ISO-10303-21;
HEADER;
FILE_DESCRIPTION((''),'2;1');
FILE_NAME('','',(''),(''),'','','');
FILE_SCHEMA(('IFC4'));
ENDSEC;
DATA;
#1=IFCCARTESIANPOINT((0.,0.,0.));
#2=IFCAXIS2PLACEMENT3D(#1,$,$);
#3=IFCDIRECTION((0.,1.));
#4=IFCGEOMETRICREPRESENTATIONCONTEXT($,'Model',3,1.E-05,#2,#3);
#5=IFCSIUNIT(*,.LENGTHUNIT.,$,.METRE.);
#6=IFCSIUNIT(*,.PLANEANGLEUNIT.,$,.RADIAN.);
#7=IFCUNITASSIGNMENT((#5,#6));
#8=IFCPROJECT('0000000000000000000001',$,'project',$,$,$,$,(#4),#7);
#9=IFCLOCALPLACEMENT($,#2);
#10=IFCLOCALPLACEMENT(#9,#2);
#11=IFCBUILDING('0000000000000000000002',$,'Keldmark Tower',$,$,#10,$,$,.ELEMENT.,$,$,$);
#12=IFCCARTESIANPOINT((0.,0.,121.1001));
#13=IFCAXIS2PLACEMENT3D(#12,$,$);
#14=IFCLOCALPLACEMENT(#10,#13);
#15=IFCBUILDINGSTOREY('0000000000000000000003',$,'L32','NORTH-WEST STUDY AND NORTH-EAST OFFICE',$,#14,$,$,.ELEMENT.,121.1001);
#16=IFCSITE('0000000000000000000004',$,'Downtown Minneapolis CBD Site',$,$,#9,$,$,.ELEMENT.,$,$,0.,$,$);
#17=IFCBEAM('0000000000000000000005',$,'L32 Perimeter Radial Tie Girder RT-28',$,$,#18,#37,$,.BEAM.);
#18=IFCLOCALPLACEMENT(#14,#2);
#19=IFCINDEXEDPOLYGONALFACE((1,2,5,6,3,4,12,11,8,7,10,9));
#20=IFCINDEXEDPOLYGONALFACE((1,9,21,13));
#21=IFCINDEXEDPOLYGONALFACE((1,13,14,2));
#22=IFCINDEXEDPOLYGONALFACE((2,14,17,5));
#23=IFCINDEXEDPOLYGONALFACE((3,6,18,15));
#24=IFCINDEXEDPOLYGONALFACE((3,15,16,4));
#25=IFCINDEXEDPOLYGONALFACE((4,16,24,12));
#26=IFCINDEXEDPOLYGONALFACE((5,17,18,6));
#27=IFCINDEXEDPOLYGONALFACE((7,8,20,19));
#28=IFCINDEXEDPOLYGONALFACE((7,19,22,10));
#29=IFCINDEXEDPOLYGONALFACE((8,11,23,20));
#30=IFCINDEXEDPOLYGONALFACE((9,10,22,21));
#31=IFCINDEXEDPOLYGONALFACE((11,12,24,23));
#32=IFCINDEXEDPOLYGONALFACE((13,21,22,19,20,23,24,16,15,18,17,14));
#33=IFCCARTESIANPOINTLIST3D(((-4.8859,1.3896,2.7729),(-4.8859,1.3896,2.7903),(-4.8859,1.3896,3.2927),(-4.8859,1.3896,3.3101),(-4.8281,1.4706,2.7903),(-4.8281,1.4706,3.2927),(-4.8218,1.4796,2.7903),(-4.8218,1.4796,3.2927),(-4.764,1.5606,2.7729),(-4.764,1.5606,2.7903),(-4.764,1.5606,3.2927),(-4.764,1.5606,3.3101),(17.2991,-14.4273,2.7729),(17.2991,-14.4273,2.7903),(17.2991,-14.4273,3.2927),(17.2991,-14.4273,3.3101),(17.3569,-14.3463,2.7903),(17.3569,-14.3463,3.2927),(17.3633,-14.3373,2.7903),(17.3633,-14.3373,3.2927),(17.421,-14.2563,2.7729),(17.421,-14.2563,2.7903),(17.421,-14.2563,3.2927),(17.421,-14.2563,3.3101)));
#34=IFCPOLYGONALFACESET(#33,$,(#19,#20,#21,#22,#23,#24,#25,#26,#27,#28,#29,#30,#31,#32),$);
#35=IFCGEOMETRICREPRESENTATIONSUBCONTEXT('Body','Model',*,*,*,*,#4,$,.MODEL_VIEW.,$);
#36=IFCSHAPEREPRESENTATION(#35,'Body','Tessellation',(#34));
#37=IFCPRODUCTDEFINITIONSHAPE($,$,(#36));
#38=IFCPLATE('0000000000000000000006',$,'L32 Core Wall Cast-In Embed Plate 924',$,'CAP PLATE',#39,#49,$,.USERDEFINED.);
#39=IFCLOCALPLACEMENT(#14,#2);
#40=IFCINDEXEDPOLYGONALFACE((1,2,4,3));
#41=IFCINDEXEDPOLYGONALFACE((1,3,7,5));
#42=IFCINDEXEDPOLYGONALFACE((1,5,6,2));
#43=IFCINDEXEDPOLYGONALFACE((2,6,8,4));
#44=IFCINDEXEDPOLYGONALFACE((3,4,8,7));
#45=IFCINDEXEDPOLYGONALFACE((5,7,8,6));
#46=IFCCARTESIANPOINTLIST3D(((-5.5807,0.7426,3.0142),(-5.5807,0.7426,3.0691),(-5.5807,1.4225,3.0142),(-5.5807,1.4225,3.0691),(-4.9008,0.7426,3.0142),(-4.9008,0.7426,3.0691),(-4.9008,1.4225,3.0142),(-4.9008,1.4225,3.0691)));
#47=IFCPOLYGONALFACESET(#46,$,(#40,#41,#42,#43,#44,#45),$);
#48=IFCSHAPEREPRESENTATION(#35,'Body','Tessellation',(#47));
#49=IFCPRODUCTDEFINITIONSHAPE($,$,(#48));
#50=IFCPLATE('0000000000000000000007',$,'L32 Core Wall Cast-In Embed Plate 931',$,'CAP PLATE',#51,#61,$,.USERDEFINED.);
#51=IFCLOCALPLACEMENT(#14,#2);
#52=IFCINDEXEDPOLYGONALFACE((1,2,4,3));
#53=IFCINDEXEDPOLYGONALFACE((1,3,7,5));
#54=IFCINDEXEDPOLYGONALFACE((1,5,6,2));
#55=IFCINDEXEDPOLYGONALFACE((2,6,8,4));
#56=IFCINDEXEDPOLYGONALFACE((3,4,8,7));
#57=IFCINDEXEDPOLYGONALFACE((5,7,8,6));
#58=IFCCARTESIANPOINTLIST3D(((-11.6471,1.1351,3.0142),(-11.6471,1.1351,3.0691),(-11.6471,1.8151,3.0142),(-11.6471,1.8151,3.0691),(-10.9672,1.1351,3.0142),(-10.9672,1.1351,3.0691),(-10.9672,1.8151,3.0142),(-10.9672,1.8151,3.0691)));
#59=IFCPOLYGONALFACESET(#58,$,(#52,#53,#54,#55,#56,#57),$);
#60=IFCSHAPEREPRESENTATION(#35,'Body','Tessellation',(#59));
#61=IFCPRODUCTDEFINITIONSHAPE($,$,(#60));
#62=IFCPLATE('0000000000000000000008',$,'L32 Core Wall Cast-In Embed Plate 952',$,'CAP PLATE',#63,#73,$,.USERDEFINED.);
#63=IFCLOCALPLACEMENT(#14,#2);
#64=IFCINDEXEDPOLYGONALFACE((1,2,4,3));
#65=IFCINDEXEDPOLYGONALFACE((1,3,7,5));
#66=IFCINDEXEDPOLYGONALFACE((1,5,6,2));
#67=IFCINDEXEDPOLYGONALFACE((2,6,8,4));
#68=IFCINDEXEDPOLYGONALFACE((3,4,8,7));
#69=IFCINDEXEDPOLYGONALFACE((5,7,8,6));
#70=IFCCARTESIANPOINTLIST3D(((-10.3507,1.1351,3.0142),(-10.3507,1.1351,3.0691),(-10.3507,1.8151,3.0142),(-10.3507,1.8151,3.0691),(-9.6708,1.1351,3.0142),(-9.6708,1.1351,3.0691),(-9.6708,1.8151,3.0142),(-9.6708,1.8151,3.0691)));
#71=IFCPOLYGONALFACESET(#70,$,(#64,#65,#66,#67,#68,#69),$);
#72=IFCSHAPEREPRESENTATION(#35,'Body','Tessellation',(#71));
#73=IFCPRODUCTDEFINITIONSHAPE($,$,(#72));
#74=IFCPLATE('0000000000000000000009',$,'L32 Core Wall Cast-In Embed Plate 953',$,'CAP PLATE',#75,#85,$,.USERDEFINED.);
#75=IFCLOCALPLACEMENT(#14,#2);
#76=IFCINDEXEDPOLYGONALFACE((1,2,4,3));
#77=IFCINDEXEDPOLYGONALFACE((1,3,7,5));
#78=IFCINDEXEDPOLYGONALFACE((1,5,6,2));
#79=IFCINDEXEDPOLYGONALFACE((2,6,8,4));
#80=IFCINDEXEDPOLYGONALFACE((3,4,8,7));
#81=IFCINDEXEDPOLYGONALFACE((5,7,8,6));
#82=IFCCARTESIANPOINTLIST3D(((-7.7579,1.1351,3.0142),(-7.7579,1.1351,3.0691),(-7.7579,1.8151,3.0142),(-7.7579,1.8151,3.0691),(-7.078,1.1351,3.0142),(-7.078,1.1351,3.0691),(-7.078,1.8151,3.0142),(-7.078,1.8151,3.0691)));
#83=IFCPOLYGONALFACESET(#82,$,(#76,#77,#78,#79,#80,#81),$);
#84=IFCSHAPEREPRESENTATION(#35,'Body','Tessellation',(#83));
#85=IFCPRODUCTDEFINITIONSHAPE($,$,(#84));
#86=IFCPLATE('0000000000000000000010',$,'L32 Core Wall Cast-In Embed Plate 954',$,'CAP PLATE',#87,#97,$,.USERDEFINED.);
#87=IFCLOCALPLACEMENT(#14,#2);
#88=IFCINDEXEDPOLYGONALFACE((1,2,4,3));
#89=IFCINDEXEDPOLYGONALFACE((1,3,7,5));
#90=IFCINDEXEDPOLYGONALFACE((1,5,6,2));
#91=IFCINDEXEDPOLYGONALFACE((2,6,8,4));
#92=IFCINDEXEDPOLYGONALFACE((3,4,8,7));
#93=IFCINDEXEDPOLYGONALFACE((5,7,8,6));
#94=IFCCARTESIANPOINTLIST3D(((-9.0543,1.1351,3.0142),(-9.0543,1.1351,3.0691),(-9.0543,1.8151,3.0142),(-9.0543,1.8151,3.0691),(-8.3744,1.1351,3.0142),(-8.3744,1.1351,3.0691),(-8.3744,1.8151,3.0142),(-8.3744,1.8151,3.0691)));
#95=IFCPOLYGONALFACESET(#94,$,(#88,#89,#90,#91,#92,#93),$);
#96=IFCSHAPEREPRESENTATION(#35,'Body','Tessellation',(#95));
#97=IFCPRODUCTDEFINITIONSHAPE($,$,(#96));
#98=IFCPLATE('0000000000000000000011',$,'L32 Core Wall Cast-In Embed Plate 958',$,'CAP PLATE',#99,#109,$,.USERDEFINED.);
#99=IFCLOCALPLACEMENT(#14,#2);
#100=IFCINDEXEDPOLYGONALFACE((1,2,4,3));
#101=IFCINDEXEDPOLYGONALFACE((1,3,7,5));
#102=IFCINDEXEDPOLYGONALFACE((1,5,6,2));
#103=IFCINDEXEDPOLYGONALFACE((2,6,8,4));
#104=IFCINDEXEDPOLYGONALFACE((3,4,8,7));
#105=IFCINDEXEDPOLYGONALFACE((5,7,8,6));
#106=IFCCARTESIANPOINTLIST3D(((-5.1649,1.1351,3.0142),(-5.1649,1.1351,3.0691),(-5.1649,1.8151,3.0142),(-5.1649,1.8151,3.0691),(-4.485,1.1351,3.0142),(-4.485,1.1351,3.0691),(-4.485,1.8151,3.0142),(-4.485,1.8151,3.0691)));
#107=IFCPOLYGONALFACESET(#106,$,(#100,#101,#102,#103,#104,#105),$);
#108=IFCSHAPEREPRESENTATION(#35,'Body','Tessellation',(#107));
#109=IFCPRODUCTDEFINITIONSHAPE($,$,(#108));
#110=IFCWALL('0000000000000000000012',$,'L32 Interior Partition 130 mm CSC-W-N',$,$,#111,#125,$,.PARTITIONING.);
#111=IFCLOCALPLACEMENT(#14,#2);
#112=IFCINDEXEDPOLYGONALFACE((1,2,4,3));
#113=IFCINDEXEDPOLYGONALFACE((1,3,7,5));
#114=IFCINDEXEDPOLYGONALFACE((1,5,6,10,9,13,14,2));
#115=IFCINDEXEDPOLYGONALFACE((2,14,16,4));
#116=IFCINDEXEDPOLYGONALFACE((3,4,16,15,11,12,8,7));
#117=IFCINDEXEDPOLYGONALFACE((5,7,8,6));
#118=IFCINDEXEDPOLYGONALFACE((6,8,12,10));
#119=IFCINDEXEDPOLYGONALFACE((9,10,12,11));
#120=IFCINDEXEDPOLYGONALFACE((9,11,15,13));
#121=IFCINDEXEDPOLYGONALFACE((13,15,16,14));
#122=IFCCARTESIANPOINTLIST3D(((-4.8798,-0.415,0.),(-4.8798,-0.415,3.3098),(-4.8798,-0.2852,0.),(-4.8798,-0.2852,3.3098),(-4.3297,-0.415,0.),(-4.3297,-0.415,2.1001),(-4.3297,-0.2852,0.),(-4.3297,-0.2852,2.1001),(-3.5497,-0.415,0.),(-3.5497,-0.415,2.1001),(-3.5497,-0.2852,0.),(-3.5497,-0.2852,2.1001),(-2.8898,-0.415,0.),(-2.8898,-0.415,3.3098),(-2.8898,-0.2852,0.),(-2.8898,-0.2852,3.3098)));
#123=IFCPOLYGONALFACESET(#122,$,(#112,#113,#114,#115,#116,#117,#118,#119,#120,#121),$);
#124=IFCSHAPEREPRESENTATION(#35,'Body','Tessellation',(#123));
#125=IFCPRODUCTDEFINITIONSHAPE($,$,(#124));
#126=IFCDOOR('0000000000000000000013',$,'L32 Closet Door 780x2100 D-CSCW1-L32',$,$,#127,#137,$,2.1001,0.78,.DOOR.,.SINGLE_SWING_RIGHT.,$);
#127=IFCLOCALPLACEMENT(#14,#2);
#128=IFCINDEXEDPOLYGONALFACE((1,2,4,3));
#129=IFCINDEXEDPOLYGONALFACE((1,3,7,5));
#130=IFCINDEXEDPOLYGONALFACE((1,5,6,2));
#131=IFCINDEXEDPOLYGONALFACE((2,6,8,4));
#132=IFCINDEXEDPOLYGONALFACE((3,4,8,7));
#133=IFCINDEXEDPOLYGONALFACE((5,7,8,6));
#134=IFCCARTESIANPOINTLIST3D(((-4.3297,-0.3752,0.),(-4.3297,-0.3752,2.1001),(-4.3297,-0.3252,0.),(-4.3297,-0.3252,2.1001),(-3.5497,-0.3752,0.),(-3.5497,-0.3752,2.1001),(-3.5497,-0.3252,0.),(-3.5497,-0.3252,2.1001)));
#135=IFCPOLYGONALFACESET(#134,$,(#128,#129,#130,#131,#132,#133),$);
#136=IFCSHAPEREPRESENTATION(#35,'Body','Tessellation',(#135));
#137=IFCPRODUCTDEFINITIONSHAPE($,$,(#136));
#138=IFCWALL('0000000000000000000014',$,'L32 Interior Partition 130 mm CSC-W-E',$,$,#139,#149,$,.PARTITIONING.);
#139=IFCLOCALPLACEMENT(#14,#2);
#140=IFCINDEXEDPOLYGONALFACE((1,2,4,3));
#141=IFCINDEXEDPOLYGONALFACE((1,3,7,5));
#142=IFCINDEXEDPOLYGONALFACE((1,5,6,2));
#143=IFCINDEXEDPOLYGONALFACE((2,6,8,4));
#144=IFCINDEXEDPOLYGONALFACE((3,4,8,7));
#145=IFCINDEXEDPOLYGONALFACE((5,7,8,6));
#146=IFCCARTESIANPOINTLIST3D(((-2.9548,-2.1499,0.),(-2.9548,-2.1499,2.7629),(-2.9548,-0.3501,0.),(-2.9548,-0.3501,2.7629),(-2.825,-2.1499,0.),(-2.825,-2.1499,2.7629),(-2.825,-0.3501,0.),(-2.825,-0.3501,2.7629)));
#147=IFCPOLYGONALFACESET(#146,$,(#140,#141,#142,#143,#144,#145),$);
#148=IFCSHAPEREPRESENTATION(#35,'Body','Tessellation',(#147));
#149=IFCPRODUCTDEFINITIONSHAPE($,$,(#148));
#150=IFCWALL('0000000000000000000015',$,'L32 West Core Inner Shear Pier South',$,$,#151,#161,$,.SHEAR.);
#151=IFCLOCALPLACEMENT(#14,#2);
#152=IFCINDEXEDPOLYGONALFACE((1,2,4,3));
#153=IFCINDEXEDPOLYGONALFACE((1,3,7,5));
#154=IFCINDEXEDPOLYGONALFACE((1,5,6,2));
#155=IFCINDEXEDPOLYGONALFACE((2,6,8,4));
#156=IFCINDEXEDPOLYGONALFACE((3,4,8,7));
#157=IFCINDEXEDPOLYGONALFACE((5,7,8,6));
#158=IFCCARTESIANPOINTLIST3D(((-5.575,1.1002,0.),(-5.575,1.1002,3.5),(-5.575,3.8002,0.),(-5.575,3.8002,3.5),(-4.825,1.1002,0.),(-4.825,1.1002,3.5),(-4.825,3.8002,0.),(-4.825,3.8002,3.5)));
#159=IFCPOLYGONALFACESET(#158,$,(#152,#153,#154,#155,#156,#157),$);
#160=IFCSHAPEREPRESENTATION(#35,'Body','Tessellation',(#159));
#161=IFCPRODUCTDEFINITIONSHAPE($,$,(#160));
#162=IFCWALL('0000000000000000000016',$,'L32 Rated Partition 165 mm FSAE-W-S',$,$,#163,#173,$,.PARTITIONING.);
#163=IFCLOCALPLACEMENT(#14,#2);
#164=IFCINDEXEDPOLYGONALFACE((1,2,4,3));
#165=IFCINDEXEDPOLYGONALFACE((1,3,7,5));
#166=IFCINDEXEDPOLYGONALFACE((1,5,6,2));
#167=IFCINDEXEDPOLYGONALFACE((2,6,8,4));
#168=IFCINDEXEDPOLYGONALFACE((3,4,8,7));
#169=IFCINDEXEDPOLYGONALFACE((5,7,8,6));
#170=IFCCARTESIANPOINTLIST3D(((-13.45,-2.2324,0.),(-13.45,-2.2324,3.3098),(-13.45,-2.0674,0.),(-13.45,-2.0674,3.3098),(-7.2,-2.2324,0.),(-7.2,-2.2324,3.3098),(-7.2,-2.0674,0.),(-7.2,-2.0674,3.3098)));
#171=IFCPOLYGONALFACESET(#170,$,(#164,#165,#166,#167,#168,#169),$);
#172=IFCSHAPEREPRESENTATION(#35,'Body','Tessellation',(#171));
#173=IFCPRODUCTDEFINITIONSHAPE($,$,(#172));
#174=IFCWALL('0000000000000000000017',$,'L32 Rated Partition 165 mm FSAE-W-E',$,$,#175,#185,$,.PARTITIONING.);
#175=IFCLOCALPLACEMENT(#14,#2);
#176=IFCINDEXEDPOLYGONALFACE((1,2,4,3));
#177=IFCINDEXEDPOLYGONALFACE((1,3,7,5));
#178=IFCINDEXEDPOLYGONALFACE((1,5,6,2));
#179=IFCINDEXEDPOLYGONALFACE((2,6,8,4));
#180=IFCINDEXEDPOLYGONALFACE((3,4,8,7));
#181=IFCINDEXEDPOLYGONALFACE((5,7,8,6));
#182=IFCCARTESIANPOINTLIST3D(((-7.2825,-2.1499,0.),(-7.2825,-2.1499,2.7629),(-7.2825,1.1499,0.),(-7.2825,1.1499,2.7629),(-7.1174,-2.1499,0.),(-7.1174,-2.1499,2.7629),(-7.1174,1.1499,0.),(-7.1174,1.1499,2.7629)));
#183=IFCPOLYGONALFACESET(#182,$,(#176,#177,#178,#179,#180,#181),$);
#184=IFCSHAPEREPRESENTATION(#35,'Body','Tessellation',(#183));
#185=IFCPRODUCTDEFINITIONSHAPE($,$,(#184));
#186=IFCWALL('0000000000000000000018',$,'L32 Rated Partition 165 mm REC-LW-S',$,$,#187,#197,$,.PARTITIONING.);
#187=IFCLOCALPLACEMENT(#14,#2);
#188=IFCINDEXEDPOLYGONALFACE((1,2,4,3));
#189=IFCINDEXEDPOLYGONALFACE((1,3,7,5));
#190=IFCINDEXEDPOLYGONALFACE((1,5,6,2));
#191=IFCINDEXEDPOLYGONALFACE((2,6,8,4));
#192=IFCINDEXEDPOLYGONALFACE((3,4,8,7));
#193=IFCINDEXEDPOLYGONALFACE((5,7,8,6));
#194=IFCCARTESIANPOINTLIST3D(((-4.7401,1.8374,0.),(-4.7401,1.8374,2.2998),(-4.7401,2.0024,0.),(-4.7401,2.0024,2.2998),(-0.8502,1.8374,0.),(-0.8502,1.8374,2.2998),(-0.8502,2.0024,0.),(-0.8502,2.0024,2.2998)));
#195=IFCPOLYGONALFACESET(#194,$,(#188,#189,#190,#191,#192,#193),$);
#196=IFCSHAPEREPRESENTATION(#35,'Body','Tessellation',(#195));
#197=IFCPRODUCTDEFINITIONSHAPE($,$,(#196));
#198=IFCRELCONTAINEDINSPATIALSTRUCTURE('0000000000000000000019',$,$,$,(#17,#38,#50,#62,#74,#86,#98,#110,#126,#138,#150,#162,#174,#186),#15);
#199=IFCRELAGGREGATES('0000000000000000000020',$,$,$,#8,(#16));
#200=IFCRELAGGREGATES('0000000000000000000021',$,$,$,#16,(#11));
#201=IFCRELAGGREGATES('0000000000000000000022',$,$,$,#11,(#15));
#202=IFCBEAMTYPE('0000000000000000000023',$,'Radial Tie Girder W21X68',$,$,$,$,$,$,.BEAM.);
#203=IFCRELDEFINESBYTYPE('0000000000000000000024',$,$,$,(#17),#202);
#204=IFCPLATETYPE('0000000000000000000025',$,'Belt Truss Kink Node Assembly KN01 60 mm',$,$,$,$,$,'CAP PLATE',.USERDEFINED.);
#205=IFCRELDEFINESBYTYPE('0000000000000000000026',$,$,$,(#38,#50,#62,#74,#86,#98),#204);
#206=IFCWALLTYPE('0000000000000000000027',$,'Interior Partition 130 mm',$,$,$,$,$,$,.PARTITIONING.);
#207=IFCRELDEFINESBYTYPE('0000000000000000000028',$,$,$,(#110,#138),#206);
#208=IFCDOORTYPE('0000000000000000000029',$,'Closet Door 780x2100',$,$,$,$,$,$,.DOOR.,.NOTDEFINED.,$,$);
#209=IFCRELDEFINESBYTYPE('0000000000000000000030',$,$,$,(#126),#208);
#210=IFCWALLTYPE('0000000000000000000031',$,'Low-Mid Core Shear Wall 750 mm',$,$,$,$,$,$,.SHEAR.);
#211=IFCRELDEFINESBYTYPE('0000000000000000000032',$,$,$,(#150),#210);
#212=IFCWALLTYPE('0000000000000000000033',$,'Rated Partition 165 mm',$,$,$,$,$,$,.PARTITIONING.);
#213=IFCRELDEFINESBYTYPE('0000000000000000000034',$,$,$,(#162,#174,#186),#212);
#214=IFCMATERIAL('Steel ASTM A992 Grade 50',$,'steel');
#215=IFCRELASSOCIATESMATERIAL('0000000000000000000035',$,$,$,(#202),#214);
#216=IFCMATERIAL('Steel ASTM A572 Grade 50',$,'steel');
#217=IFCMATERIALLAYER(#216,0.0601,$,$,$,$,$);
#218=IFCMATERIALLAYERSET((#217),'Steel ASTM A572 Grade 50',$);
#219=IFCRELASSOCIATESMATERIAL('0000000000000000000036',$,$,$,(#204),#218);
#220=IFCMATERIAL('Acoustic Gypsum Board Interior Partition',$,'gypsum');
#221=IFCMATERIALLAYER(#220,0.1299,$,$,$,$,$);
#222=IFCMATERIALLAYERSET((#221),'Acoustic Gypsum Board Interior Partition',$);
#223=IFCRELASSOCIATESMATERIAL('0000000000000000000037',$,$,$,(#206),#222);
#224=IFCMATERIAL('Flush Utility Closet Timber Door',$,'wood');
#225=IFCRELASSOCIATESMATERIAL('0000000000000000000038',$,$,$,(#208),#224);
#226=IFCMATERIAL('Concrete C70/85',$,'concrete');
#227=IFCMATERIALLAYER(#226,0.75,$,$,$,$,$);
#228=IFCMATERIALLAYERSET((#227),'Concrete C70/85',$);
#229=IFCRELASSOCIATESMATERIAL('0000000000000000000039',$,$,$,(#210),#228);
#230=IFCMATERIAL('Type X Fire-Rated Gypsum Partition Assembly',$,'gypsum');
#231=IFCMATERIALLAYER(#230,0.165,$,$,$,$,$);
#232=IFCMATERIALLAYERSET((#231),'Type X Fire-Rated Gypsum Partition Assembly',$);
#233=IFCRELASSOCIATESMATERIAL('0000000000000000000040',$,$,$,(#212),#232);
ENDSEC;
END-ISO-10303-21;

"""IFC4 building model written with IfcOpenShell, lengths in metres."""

from ifc_helpers import new_model, si_unit, direction, frame, frame_2d, origin, origin_2d, place, context, subcontext, project, spatial, rectangle, i_section, extrude, material, layer, layer_set, material_profile, profile_set, type_object, element, fill, save


model = new_model("IFC4")

# Units and contexts
model_context = context("Model", 3, precision=1e-05, world=origin(), true_north=direction((0.0, 1.0)))
body_context = subcontext(model_context, "Body", "Model", "MODEL_VIEW")
ifc_project = project(units=[si_unit("LENGTHUNIT", "METRE"), si_unit("PLANEANGLEUNIT", "RADIAN")], contexts=[model_context])

# Site, building, storey
site_placement = place(None, origin())
site = spatial("IfcSite", under=ifc_project, at=site_placement, Name="Downtown Minneapolis CBD Site", CompositionType="ELEMENT", RefElevation=0.0)
building_placement = place(site_placement, origin())
building = spatial("IfcBuilding", under=site, at=building_placement, Name="Keldmark Tower", CompositionType="ELEMENT")
storey_placement = place(building_placement, frame((0.0, 0.0, 121.1001)))
storey = spatial("IfcBuildingStorey", under=building, at=storey_placement, Name="L32", Description="NORTH-WEST STUDY AND NORTH-EAST OFFICE", CompositionType="ELEMENT", Elevation=121.1001)

# Beam
ifc_material_1 = material(Name="Steel ASTM A992 Grade 50", Category="steel")
ifc_material_profile_1 = material_profile(ifc_material_1, i_section(OverallWidth=0.21, OverallDepth=0.5371, WebThickness=0.011, FlangeThickness=0.0173, at=origin_2d()), Name="W21X68")
ifc_profile_set_1 = profile_set([ifc_material_profile_1], Name="Steel ASTM A992 Grade 50")
beam_type_1 = type_object("IfcBeamType", Name="Radial Tie Girder W21X68", PredefinedType="BEAM", material=ifc_profile_set_1)
beam_1_placement = place(storey_placement, frame((-4.825, 1.4751, 3.0415), z_axis=(0.814247, -0.580519, 0.0), x_axis=(0.580519, 0.814247, 0.0)))
element("IfcBeam", 1, at=beam_1_placement, inside=storey, type_object=beam_type_1, Name="L32 Perimeter Radial Tie Girder RT-28", PredefinedType="BEAM", context=body_context, shape_type="SweptSolid", body=[
    extrude(i_section(OverallWidth=0.21, OverallDepth=0.5371, WebThickness=0.011, FlangeThickness=0.0173, at=origin_2d()), origin(), (0.0, 0.0, 1.0), 27.2461),
])

# Plates
ifc_material_2 = material(Name="Steel ASTM A572 Grade 50", Category="steel")
ifc_layer_1 = layer(ifc_material_2, 0.0601)
ifc_layer_set_1 = layer_set([ifc_layer_1], Name="Steel ASTM A572 Grade 50")
plate_type = type_object("IfcPlateType", Name="Belt Truss Kink Node Assembly KN01 60 mm", ElementType="CAP PLATE", PredefinedType="USERDEFINED", material=ifc_layer_set_1)
for number, where, z_axis, x_axis, name in (
    (2, (-5.2407, 1.0825, 3.0142), (0.0, 0.0, 1.0), (1.0, 0.0, 0.0), "L32 Core Wall Cast-In Embed Plate 924"),
    (3, (-11.3071, 1.4751, 3.0142), (0.0, 0.0, 1.0), (1.0, 0.0, 0.0), "L32 Core Wall Cast-In Embed Plate 931"),
    (4, (-10.0107, 1.4751, 3.0142), (0.0, 0.0, 1.0), (1.0, 0.0, 0.0), "L32 Core Wall Cast-In Embed Plate 952"),
    (5, (-7.418, 1.4751, 3.0142), (0.0, 0.0, 1.0), (1.0, 0.0, 0.0), "L32 Core Wall Cast-In Embed Plate 953"),
    (6, (-8.7144, 1.4751, 3.0142), (0.0, 0.0, 1.0), (1.0, 0.0, 0.0), "L32 Core Wall Cast-In Embed Plate 954"),
    (7, (-4.825, 1.4751, 3.0142), (0.0, 0.0, 1.0), (1.0, 0.0, 0.0), "L32 Core Wall Cast-In Embed Plate 958"),
):
    element("IfcPlate", number, at=place(storey_placement, frame(where, z_axis=z_axis, x_axis=x_axis)), inside=storey, type_object=plate_type, Name=name, ObjectType="CAP PLATE", PredefinedType="USERDEFINED", context=body_context, shape_type="SweptSolid", body=[
        extrude(rectangle(XDim=0.6799, YDim=0.6799, at=origin_2d()), origin(), (0.0, 0.0, 1.0), 0.0549),
    ])

# Wall, opening, door
ifc_material_3 = material(Name="Acoustic Gypsum Board Interior Partition", Category="gypsum")
ifc_layer_2 = layer(ifc_material_3, 0.1299)
ifc_layer_set_2 = layer_set([ifc_layer_2], Name="Acoustic Gypsum Board Interior Partition")
wall_type_1 = type_object("IfcWallType", Name="Interior Partition 130 mm", PredefinedType="PARTITIONING", material=ifc_layer_set_2)
wall_1_placement = place(storey_placement, frame((-4.8799, -0.3501, 0.0), z_axis=(0.0, 0.0, 1.0), x_axis=(1.0, 0.0, 0.0)))
wall_1 = element("IfcWall", 8, at=wall_1_placement, inside=storey, type_object=wall_type_1, Name="L32 Interior Partition 130 mm CSC-W-N", PredefinedType="PARTITIONING", context=body_context, shape_type="SweptSolid", body=[
    extrude(rectangle(XDim=1.99, YDim=0.1299, at=frame_2d((0.9951, 0.0))), origin(), (0.0, 0.0, 1.0), 3.3098),
])
opening_1_placement = place(wall_1_placement, frame((0.55, 0.0, 0.0)))
opening_1 = element("IfcOpeningElement", 9, at=opening_1_placement, cuts=wall_1, PredefinedType="OPENING", context=body_context, shape_type="SweptSolid", body=[
    extrude(rectangle(XDim=0.78, YDim=2.1001, at=frame_2d((0.3901, 1.05))), frame((0.0, 0.075, 0.0), z_axis=(0.0, -1.0, 0.0), x_axis=(1.0, 0.0, 0.0)), (0.0, 0.0, 1.0), 0.1499),
])
ifc_material_4 = material(Name="Flush Utility Closet Timber Door", Category="wood")
door_type_1 = type_object("IfcDoorType", Name="Closet Door 780x2100", OperationType="NOTDEFINED", PredefinedType="DOOR", material=ifc_material_4)
door_1_placement = place(opening_1_placement, origin())
door_1 = element("IfcDoor", 10, at=door_1_placement, inside=storey, type_object=door_type_1, Name="L32 Closet Door 780x2100 D-CSCW1-L32", OperationType="SINGLE_SWING_RIGHT", OverallHeight=2.1001, OverallWidth=0.78, PredefinedType="DOOR", context=body_context, shape_type="SweptSolid", body=[
    extrude(rectangle(XDim=0.78, YDim=2.1001, at=frame_2d((0.3901, 1.05))), frame((0.0, 0.0249, 0.0), z_axis=(0.0, -1.0, 0.0), x_axis=(1.0, 0.0, 0.0)), (0.0, 0.0, 1.0), 0.05),
])
fill(opening_1, door_1)

# Wall
wall_2_placement = place(storey_placement, frame((-2.8899, -2.1499, 0.0), z_axis=(0.0, 0.0, 1.0), x_axis=(0.0, 1.0, 0.0)))
element("IfcWall", 11, at=wall_2_placement, inside=storey, type_object=wall_type_1, Name="L32 Interior Partition 130 mm CSC-W-E", PredefinedType="PARTITIONING", context=body_context, shape_type="SweptSolid", body=[
    extrude(rectangle(XDim=1.7998, YDim=0.1299, at=frame_2d((0.8999, 0.0))), origin(), (0.0, 0.0, 1.0), 2.7629),
])

# Shared definitions
ifc_material_5 = material(Name="Concrete C70/85", Category="concrete")
ifc_layer_3 = layer(ifc_material_5, 0.75)
ifc_layer_set_3 = layer_set([ifc_layer_3], Name="Concrete C70/85")
wall_type_2 = type_object("IfcWallType", Name="Low-Mid Core Shear Wall 750 mm", PredefinedType="SHEAR", material=ifc_layer_set_3)

# Walls
wall_3_placement = place(storey_placement, frame((-5.2, 1.1001, 0.0), z_axis=(0.0, 0.0, 1.0), x_axis=(0.0, 1.0, 0.0)))
element("IfcWall", 12, at=wall_3_placement, inside=storey, type_object=wall_type_2, Name="L32 West Core Inner Shear Pier South", PredefinedType="SHEAR", context=body_context, shape_type="SweptSolid", body=[
    extrude(rectangle(XDim=2.7, YDim=0.75, at=frame_2d((1.3501, 0.0))), origin(), (0.0, 0.0, 1.0), 3.5),
])
ifc_material_6 = material(Name="Type X Fire-Rated Gypsum Partition Assembly", Category="gypsum")
ifc_layer_4 = layer(ifc_material_6, 0.165)
ifc_layer_set_4 = layer_set([ifc_layer_4], Name="Type X Fire-Rated Gypsum Partition Assembly")
wall_type_3 = type_object("IfcWallType", Name="Rated Partition 165 mm", PredefinedType="PARTITIONING", material=ifc_layer_set_4)
wall_4_placement = place(storey_placement, frame((-13.45, -2.1499, 0.0), z_axis=(0.0, 0.0, 1.0), x_axis=(1.0, 0.0, 0.0)))
element("IfcWall", 13, at=wall_4_placement, inside=storey, type_object=wall_type_3, Name="L32 Rated Partition 165 mm FSAE-W-S", PredefinedType="PARTITIONING", context=body_context, shape_type="SweptSolid", body=[
    extrude(rectangle(XDim=6.25, YDim=0.165, at=frame_2d((3.125, 0.0))), origin(), (0.0, 0.0, 1.0), 3.3098),
])

# Walls
wall_5_placement = place(storey_placement, frame((-7.2, -2.1499, 0.0), z_axis=(0.0, 0.0, 1.0), x_axis=(0.0, 1.0, 0.0)))
element("IfcWall", 14, at=wall_5_placement, inside=storey, type_object=wall_type_3, Name="L32 Rated Partition 165 mm FSAE-W-E", PredefinedType="PARTITIONING", context=body_context, shape_type="SweptSolid", body=[
    extrude(rectangle(XDim=3.2998, YDim=0.165, at=frame_2d((1.6499, 0.0))), origin(), (0.0, 0.0, 1.0), 2.7629),
])
wall_6_placement = place(storey_placement, frame((-4.74, 1.9199, 0.0), z_axis=(0.0, 0.0, 1.0), x_axis=(1.0, 0.0, 0.0)))
element("IfcWall", 15, at=wall_6_placement, inside=storey, type_object=wall_type_3, Name="L32 Rated Partition 165 mm REC-LW-S", PredefinedType="PARTITIONING", context=body_context, shape_type="SweptSolid", body=[
    extrude(rectangle(XDim=3.8899, YDim=0.165, at=frame_2d((1.9448, 0.0))), origin(), (0.0, 0.0, 1.0), 2.2998),
])

save(model, "model.ifc")
